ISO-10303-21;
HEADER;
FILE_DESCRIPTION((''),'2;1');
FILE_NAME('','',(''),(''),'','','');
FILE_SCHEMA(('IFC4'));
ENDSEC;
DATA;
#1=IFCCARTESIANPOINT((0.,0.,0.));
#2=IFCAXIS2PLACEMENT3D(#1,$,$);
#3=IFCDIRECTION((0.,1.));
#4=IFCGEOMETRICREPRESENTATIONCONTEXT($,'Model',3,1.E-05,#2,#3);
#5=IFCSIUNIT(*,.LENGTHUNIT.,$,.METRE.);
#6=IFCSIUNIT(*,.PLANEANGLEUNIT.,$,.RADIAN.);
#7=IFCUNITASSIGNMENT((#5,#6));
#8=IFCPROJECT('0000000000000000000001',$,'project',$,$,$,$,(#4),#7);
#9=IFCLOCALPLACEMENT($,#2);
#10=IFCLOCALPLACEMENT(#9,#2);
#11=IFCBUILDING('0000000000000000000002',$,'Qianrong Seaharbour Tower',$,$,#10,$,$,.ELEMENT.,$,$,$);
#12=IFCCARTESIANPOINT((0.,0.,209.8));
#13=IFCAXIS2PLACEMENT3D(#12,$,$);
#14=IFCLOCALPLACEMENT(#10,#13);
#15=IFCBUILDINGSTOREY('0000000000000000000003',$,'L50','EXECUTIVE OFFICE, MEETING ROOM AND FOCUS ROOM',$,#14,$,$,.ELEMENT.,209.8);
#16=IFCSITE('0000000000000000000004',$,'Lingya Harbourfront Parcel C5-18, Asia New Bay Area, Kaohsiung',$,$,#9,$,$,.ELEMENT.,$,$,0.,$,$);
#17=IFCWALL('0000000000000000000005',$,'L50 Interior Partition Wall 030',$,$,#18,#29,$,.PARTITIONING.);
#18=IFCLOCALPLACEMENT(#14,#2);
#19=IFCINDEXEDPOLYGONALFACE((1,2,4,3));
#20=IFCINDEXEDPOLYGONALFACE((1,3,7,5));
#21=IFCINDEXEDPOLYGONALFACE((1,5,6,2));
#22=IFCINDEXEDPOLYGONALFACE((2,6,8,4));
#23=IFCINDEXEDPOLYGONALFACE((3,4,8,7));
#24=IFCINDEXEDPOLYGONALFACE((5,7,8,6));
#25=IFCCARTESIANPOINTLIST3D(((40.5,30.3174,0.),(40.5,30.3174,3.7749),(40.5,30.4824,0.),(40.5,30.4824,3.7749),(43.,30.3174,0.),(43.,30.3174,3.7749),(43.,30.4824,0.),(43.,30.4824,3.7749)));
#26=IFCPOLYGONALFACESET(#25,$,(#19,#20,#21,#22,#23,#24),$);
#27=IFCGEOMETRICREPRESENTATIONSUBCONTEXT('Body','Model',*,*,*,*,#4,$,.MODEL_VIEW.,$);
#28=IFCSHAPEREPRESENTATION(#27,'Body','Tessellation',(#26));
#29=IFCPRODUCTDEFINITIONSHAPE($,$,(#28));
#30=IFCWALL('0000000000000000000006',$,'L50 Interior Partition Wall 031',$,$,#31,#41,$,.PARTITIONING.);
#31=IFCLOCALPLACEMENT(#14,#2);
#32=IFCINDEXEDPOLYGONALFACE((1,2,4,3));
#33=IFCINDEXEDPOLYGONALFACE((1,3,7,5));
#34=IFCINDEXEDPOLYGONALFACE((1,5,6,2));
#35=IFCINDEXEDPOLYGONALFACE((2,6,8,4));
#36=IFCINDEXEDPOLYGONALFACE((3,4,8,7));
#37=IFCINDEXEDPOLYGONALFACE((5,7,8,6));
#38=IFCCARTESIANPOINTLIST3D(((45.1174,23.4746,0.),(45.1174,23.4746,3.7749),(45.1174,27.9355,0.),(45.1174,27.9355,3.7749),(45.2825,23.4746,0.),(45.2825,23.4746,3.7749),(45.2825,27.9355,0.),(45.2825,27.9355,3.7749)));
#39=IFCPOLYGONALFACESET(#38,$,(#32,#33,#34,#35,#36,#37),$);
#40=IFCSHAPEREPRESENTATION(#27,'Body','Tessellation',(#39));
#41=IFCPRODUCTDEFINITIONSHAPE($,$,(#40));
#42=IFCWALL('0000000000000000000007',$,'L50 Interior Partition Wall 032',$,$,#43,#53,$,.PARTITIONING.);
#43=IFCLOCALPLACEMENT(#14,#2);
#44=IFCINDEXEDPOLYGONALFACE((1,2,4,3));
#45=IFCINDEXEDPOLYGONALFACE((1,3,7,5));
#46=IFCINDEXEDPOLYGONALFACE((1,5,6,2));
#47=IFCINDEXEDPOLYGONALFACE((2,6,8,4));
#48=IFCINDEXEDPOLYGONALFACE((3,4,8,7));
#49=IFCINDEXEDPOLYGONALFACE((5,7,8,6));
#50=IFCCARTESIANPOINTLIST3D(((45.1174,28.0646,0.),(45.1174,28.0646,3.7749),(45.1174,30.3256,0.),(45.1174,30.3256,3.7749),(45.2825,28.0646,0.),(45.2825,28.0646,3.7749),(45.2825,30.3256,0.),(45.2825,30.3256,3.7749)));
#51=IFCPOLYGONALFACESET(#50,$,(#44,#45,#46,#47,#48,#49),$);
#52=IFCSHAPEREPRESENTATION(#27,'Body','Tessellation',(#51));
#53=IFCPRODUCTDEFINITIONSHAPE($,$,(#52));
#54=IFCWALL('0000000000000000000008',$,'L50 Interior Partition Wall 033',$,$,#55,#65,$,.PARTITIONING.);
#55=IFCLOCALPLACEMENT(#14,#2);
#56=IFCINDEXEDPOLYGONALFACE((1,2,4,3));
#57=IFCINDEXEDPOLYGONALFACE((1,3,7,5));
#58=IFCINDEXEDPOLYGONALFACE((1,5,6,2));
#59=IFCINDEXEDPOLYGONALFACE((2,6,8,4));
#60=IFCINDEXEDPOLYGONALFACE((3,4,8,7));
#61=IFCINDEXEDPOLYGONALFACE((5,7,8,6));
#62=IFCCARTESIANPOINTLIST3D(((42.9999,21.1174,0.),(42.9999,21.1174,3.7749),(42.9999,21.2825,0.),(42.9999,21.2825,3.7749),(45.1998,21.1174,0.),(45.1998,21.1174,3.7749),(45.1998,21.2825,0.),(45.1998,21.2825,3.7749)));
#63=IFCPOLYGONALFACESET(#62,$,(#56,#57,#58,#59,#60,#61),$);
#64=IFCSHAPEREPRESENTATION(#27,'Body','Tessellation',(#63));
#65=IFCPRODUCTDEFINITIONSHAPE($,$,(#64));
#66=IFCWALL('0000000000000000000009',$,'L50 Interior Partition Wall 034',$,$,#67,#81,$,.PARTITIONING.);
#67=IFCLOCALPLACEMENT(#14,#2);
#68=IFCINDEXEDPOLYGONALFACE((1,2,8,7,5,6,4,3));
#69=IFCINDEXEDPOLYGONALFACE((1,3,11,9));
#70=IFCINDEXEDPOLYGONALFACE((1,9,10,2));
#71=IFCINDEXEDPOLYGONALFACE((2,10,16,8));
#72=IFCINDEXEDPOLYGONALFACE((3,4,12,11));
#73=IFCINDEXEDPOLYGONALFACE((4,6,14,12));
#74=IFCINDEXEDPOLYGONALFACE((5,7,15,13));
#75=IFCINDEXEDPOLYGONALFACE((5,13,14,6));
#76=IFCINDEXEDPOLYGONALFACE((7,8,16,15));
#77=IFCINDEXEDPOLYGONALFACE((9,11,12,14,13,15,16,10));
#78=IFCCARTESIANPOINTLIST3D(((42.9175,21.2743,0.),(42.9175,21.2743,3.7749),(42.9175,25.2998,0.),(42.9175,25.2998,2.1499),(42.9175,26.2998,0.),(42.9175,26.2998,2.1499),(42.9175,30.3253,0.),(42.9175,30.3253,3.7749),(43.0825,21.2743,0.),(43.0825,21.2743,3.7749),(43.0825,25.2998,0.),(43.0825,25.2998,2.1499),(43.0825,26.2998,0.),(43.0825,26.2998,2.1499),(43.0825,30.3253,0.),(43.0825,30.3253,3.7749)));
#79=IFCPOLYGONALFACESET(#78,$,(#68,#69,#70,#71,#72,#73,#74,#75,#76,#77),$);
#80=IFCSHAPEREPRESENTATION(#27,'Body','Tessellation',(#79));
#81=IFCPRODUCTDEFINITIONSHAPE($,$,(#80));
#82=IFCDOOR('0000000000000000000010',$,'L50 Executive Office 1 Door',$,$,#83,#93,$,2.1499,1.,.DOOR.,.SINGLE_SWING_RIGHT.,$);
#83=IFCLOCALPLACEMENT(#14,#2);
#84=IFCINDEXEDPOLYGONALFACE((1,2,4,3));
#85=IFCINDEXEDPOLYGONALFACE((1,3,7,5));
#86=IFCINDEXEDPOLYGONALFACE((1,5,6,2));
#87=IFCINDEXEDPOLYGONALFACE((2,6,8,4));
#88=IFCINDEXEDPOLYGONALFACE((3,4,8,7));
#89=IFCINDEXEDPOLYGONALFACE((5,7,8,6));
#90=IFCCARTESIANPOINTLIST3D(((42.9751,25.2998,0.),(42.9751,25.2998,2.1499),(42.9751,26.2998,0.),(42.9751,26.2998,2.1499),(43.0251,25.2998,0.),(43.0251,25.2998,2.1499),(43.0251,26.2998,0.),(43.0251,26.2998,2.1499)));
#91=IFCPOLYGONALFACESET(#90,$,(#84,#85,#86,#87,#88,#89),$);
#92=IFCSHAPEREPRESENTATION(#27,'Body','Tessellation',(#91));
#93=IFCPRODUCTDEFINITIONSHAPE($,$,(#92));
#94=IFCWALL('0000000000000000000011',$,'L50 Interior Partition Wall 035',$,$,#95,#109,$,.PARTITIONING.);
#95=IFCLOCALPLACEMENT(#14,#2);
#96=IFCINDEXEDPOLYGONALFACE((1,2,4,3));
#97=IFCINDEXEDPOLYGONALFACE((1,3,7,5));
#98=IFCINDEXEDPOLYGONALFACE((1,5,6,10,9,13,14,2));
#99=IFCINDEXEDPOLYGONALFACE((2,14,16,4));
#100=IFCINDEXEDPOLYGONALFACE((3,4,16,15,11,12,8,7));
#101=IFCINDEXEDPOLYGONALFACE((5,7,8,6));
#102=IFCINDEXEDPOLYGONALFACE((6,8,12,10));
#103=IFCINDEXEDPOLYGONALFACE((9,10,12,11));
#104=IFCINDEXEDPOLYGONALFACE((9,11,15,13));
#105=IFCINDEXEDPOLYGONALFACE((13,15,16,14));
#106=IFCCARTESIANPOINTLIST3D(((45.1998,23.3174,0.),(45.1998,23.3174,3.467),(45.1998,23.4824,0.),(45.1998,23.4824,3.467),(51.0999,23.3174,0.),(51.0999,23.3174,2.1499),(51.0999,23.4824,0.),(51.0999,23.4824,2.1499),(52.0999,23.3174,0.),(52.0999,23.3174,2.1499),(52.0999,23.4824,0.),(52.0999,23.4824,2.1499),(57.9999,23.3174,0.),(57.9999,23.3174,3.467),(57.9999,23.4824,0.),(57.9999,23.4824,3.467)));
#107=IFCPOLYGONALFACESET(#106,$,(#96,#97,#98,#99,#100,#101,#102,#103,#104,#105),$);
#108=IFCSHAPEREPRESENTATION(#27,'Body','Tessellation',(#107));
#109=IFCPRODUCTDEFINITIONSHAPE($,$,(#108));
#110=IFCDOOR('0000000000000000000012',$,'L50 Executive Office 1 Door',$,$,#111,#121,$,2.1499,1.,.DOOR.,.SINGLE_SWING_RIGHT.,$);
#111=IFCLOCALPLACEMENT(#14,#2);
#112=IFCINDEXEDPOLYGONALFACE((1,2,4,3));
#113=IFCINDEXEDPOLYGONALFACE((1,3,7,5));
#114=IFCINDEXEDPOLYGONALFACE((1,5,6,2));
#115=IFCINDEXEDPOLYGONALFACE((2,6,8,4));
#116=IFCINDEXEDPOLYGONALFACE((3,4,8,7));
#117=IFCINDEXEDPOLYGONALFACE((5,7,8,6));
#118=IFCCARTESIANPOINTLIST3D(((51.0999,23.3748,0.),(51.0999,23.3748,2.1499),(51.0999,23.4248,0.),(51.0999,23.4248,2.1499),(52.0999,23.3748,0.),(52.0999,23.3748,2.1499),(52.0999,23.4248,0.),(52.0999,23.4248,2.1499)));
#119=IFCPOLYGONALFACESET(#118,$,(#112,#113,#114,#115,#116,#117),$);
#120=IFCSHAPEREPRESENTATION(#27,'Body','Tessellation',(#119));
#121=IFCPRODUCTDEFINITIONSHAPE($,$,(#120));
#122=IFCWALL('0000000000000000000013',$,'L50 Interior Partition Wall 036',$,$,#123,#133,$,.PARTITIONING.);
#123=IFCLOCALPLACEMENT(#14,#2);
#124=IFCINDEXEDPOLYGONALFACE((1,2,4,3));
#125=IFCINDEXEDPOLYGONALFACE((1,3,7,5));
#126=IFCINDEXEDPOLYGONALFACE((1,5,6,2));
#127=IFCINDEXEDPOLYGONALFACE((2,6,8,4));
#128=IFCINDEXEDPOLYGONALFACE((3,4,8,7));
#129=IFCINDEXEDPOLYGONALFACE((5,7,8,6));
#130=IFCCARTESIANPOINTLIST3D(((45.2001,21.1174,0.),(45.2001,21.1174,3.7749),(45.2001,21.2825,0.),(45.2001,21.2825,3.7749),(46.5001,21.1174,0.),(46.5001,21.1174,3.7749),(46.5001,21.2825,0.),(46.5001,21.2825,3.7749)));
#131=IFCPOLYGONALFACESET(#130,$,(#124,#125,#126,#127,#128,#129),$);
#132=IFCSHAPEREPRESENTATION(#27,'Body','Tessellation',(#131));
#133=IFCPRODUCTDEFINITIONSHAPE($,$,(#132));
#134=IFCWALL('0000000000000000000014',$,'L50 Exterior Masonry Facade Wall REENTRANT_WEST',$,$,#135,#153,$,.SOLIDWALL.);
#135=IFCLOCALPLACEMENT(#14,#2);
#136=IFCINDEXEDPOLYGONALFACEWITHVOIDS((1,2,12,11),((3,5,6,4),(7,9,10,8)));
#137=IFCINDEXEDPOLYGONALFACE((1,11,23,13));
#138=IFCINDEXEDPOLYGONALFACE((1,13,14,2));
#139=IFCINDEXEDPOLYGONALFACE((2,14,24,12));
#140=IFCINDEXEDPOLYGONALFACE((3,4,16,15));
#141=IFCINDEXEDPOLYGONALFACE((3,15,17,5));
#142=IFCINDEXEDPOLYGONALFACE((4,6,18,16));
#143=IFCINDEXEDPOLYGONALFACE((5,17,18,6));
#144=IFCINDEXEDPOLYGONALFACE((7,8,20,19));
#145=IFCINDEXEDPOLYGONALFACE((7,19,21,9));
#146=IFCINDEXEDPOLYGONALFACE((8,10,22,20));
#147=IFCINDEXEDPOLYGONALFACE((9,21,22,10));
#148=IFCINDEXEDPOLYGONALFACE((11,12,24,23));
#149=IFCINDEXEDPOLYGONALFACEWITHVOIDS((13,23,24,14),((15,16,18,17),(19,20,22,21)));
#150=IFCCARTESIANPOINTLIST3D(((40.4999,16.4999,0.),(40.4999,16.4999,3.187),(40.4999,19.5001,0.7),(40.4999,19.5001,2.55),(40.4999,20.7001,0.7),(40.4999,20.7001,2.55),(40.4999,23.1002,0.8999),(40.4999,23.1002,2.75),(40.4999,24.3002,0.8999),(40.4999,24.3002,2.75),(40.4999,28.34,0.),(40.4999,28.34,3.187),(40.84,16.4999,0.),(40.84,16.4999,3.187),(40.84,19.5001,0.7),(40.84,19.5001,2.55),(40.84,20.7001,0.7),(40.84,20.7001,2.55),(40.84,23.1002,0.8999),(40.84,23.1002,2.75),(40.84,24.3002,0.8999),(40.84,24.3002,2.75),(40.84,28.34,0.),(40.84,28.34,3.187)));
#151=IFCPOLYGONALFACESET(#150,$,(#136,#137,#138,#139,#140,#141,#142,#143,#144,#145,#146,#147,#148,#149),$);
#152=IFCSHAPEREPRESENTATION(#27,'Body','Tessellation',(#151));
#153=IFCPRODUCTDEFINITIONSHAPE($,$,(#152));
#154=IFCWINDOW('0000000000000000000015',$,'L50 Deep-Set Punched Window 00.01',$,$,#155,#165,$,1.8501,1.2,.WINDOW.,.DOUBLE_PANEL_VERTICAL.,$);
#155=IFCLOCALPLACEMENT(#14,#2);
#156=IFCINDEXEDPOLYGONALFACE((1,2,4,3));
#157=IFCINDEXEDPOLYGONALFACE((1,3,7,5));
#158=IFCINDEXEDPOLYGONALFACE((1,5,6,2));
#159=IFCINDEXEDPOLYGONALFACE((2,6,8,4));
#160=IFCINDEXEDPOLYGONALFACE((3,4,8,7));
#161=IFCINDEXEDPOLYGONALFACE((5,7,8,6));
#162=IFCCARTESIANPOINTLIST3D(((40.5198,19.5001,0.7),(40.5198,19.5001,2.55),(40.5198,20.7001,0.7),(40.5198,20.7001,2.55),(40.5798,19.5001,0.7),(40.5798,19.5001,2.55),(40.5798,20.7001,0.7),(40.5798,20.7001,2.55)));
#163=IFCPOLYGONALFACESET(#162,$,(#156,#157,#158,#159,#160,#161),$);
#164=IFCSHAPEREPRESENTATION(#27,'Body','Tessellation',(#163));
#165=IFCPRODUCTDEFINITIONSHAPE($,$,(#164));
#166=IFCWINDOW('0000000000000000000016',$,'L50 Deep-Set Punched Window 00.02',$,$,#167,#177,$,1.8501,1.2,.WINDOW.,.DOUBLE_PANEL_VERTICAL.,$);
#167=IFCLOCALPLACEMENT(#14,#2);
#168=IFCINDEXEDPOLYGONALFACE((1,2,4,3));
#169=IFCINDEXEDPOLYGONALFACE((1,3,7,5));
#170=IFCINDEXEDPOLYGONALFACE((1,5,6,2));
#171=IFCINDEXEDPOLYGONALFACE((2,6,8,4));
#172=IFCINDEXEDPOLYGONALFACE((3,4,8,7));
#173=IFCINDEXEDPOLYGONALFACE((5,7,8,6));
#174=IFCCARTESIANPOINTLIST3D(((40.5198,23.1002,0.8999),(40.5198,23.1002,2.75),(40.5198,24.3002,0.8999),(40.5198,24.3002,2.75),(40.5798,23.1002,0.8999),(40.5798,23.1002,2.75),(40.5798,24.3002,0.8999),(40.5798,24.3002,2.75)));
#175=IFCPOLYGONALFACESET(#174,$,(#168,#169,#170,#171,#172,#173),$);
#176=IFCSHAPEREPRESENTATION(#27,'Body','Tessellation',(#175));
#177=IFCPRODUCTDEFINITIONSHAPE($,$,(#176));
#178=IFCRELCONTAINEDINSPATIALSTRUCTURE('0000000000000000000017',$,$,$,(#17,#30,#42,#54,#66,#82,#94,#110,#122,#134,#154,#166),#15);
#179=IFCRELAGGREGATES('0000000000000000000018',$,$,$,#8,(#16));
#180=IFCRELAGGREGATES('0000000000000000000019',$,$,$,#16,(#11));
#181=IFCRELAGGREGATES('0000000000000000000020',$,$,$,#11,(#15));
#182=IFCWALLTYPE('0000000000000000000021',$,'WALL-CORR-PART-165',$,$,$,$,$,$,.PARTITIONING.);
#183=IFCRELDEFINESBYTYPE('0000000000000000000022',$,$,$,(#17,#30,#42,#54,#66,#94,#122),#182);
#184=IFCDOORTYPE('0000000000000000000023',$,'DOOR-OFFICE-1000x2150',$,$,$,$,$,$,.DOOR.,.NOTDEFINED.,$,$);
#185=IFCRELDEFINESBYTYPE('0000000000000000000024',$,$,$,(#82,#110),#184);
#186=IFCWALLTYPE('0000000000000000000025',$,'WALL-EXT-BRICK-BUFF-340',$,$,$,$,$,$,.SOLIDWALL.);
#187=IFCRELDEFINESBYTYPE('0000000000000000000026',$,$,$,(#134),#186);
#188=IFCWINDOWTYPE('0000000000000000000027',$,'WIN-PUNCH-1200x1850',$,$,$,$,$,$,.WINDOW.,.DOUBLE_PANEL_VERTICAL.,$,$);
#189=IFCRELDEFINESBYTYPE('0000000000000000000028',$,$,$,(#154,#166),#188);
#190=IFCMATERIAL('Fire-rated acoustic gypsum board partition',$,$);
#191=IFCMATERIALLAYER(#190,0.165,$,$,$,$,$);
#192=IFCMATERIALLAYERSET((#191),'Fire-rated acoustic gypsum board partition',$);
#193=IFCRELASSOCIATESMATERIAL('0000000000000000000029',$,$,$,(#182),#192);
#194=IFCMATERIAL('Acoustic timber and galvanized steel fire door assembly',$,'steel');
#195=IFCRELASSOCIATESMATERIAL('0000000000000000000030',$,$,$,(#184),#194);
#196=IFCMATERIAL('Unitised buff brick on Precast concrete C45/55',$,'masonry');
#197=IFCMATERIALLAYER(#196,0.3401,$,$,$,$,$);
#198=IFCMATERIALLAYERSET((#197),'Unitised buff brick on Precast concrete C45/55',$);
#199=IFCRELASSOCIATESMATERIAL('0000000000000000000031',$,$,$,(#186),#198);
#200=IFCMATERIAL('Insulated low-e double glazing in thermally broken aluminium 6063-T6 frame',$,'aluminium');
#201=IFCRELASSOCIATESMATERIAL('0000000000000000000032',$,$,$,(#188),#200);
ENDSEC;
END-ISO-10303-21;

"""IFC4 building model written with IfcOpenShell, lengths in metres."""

from ifc_helpers import new_model, si_unit, direction, frame, frame_2d, origin, place, context, subcontext, project, spatial, rectangle, extrude, material, layer, layer_set, type_object, element, fill, save


model = new_model("IFC4")

# Units and contexts
model_context = context("Model", 3, precision=1e-05, world=origin(), true_north=direction((0.0, 1.0)))
body_context = subcontext(model_context, "Body", "Model", "MODEL_VIEW")
ifc_project = project(units=[si_unit("LENGTHUNIT", "METRE"), si_unit("PLANEANGLEUNIT", "RADIAN")], contexts=[model_context])

# Site, building, storey
site_placement = place(None, origin())
site = spatial("IfcSite", under=ifc_project, at=site_placement, Name="Lingya Harbourfront Parcel C5-18, Asia New Bay Area, Kaohsiung", CompositionType="ELEMENT", RefElevation=0.0)
building_placement = place(site_placement, origin())
building = spatial("IfcBuilding", under=site, at=building_placement, Name="Qianrong Seaharbour Tower", CompositionType="ELEMENT")
storey_placement = place(building_placement, frame((0.0, 0.0, 209.8)))
storey = spatial("IfcBuildingStorey", under=building, at=storey_placement, Name="L50", Description="EXECUTIVE OFFICE, MEETING ROOM AND FOCUS ROOM", CompositionType="ELEMENT", Elevation=209.8)

# Walls
ifc_material_1 = material(Name="Fire-rated acoustic gypsum board partition")
ifc_layer_1 = layer(ifc_material_1, 0.165)
ifc_layer_set_1 = layer_set([ifc_layer_1], Name="Fire-rated acoustic gypsum board partition")
wall_type_1 = type_object("IfcWallType", Name="WALL-CORR-PART-165", PredefinedType="PARTITIONING", material=ifc_layer_set_1)
wall_1_placement = place(storey_placement, frame((43.0, 30.3999, 0.0), z_axis=(0.0, 0.0, 1.0), x_axis=(-1.0, 0.0, 0.0)))
element("IfcWall", 1, at=wall_1_placement, inside=storey, type_object=wall_type_1, Name="L50 Interior Partition Wall 030", PredefinedType="PARTITIONING", context=body_context, shape_type="SweptSolid", body=[
    extrude(rectangle(XDim=2.5, YDim=0.165, at=frame_2d((1.25, 0.0))), origin(), (0.0, 0.0, 1.0), 3.7749),
])
wall_2_placement = place(storey_placement, frame((45.2, 27.9355, 0.0), z_axis=(0.0, 0.0, 1.0), x_axis=(0.0, -1.0, 0.0)))
element("IfcWall", 2, at=wall_2_placement, inside=storey, type_object=wall_type_1, Name="L50 Interior Partition Wall 031", PredefinedType="PARTITIONING", context=body_context, shape_type="SweptSolid", body=[
    extrude(rectangle(XDim=4.4609, YDim=0.165, at=frame_2d((2.2305, 0.0))), origin(), (0.0, 0.0, 1.0), 3.7749),
])
wall_3_placement = place(storey_placement, frame((45.2, 30.3254, 0.0), z_axis=(0.0, 0.0, 1.0), x_axis=(0.0, -1.0, 0.0)))
element("IfcWall", 3, at=wall_3_placement, inside=storey, type_object=wall_type_1, Name="L50 Interior Partition Wall 032", PredefinedType="PARTITIONING", context=body_context, shape_type="SweptSolid", body=[
    extrude(rectangle(XDim=2.261, YDim=0.165, at=frame_2d((1.1304, 0.0))), origin(), (0.0, 0.0, 1.0), 3.7749),
])
wall_4_placement = place(storey_placement, frame((45.2, 21.2, 0.0), z_axis=(0.0, 0.0, 1.0), x_axis=(-1.0, 0.0, 0.0)))
element("IfcWall", 4, at=wall_4_placement, inside=storey, type_object=wall_type_1, Name="L50 Interior Partition Wall 033", PredefinedType="PARTITIONING", context=body_context, shape_type="SweptSolid", body=[
    extrude(rectangle(XDim=2.2, YDim=0.165, at=frame_2d((1.1001, 0.0))), origin(), (0.0, 0.0, 1.0), 3.7749),
])

# Walls, openings, doors
wall_5_placement = place(storey_placement, frame((43.0, 21.2744, 0.0), z_axis=(0.0, 0.0, 1.0), x_axis=(0.0, 1.0, 0.0)))
wall_5 = element("IfcWall", 5, at=wall_5_placement, inside=storey, type_object=wall_type_1, Name="L50 Interior Partition Wall 034", PredefinedType="PARTITIONING", context=body_context, shape_type="SweptSolid", body=[
    extrude(rectangle(XDim=9.051, YDim=0.165, at=frame_2d((4.5254, 0.0))), origin(), (0.0, 0.0, 1.0), 3.7749),
])
opening_1_placement = place(wall_5_placement, frame((4.0254, 0.0, 0.0)))
opening_1 = element("IfcOpeningElement", 6, at=opening_1_placement, cuts=wall_5, PredefinedType="OPENING", context=body_context, shape_type="SweptSolid", body=[
    extrude(rectangle(XDim=1.0, YDim=2.1499, at=frame_2d((0.5, 1.075))), frame((0.0, 0.0925, 0.0), z_axis=(0.0, -1.0, 0.0), x_axis=(1.0, 0.0, 0.0)), (0.0, 0.0, 1.0), 0.1851),
])
ifc_material_2 = material(Name="Acoustic timber and galvanized steel fire door assembly", Category="steel")
door_type_1 = type_object("IfcDoorType", Name="DOOR-OFFICE-1000x2150", OperationType="NOTDEFINED", PredefinedType="DOOR", material=ifc_material_2)
door_1_placement = place(opening_1_placement, origin())
door_1 = element("IfcDoor", 7, at=door_1_placement, inside=storey, type_object=door_type_1, Name="L50 Executive Office 1 Door", OperationType="SINGLE_SWING_RIGHT", OverallHeight=2.1499, OverallWidth=1.0, PredefinedType="DOOR", context=body_context, shape_type="SweptSolid", body=[
    extrude(rectangle(XDim=1.0, YDim=2.1499, at=frame_2d((0.5, 1.075))), frame((0.0, 0.0249, 0.0), z_axis=(0.0, -1.0, 0.0), x_axis=(1.0, 0.0, 0.0)), (0.0, 0.0, 1.0), 0.05),
])
fill(opening_1, door_1)
wall_6_placement = place(storey_placement, frame((45.2, 23.3999, 0.0), z_axis=(0.0, 0.0, 1.0), x_axis=(1.0, 0.0, 0.0)))
wall_6 = element("IfcWall", 8, at=wall_6_placement, inside=storey, type_object=wall_type_1, Name="L50 Interior Partition Wall 035", PredefinedType="PARTITIONING", context=body_context, shape_type="SweptSolid", body=[
    extrude(rectangle(XDim=12.8, YDim=0.165, at=frame_2d((6.3999, 0.0))), origin(), (0.0, 0.0, 1.0), 3.467),
])
opening_2_placement = place(wall_6_placement, frame((5.8999, 0.0, 0.0)))
opening_2 = element("IfcOpeningElement", 9, at=opening_2_placement, cuts=wall_6, PredefinedType="OPENING", context=body_context, shape_type="SweptSolid", body=[
    extrude(rectangle(XDim=1.0, YDim=2.1499, at=frame_2d((0.5, 1.075))), frame((0.0, 0.0925, 0.0), z_axis=(0.0, -1.0, 0.0), x_axis=(1.0, 0.0, 0.0)), (0.0, 0.0, 1.0), 0.1851),
])
door_2_placement = place(opening_2_placement, origin())
door_2 = element("IfcDoor", 10, at=door_2_placement, inside=storey, type_object=door_type_1, Name="L50 Executive Office 1 Door", OperationType="SINGLE_SWING_RIGHT", OverallHeight=2.1499, OverallWidth=1.0, PredefinedType="DOOR", context=body_context, shape_type="SweptSolid", body=[
    extrude(rectangle(XDim=1.0, YDim=2.1499, at=frame_2d((0.5, 1.075))), frame((0.0, 0.0249, 0.0), z_axis=(0.0, -1.0, 0.0), x_axis=(1.0, 0.0, 0.0)), (0.0, 0.0, 1.0), 0.05),
])
fill(opening_2, door_2)

# Wall
wall_7_placement = place(storey_placement, frame((46.5, 21.2, 0.0), z_axis=(0.0, 0.0, 1.0), x_axis=(-1.0, 0.0, 0.0)))
element("IfcWall", 11, at=wall_7_placement, inside=storey, type_object=wall_type_1, Name="L50 Interior Partition Wall 036", PredefinedType="PARTITIONING", context=body_context, shape_type="SweptSolid", body=[
    extrude(rectangle(XDim=1.3, YDim=0.165, at=frame_2d((0.6499, 0.0))), origin(), (0.0, 0.0, 1.0), 3.7749),
])

# Wall, openings, windows
ifc_material_3 = material(Name="Unitised buff brick on Precast concrete C45/55", Category="masonry")
ifc_layer_2 = layer(ifc_material_3, 0.3401)
ifc_layer_set_2 = layer_set([ifc_layer_2], Name="Unitised buff brick on Precast concrete C45/55")
wall_type_2 = type_object("IfcWallType", Name="WALL-EXT-BRICK-BUFF-340", PredefinedType="SOLIDWALL", material=ifc_layer_set_2)
wall_8_placement = place(storey_placement, frame((40.6699, 16.5, 0.0), z_axis=(0.0, 0.0, 1.0), x_axis=(0.0, 1.0, 0.0)))
wall_8 = element("IfcWall", 12, at=wall_8_placement, inside=storey, type_object=wall_type_2, Name="L50 Exterior Masonry Facade Wall REENTRANT_WEST", PredefinedType="SOLIDWALL", context=body_context, shape_type="SweptSolid", body=[
    extrude(rectangle(XDim=11.8401, YDim=0.3401, at=frame_2d((5.9199, 0.0))), origin(), (0.0, 0.0, 1.0), 3.187),
])
opening_3_placement = place(wall_8_placement, frame((3.0, 0.0, 0.7)))
opening_3 = element("IfcOpeningElement", 13, at=opening_3_placement, cuts=wall_8, PredefinedType="OPENING", context=body_context, shape_type="SweptSolid", body=[
    extrude(rectangle(XDim=1.2, YDim=1.8501, at=frame_2d((0.6001, 0.925))), frame((0.0, 0.1802, 0.0), z_axis=(0.0, -1.0, 0.0), x_axis=(1.0, 0.0, 0.0)), (0.0, 0.0, 1.0), 0.3601),
])
opening_4_placement = place(wall_8_placement, frame((6.6001, 0.0, 0.8999)))
opening_4 = element("IfcOpeningElement", 14, at=opening_4_placement, cuts=wall_8, PredefinedType="OPENING", context=body_context, shape_type="SweptSolid", body=[
    extrude(rectangle(XDim=1.2, YDim=1.8501, at=frame_2d((0.6001, 0.925))), frame((0.0, 0.1802, 0.0), z_axis=(0.0, -1.0, 0.0), x_axis=(1.0, 0.0, 0.0)), (0.0, 0.0, 1.0), 0.3601),
])
ifc_material_4 = material(Name="Insulated low-e double glazing in thermally broken aluminium 6063-T6 frame", Category="aluminium")
window_type_1 = type_object("IfcWindowType", Name="WIN-PUNCH-1200x1850", PartitioningType="DOUBLE_PANEL_VERTICAL", PredefinedType="WINDOW", material=ifc_material_4)
window_1_placement = place(opening_3_placement, origin())
window_1 = element("IfcWindow", 15, at=window_1_placement, inside=storey, type_object=window_type_1, Name="L50 Deep-Set Punched Window 00.01", OverallHeight=1.8501, OverallWidth=1.2, PartitioningType="DOUBLE_PANEL_VERTICAL", PredefinedType="WINDOW", context=body_context, shape_type="SweptSolid", body=[
    extrude(rectangle(XDim=1.2, YDim=1.8501, at=frame_2d((0.6001, 0.925))), frame((0.0, 0.1501, 0.0), z_axis=(0.0, -1.0, 0.0), x_axis=(1.0, 0.0, 0.0)), (0.0, 0.0, 1.0), 0.0601),
])
fill(opening_3, window_1)
window_2_placement = place(opening_4_placement, origin())
window_2 = element("IfcWindow", 16, at=window_2_placement, inside=storey, type_object=window_type_1, Name="L50 Deep-Set Punched Window 00.02", OverallHeight=1.8501, OverallWidth=1.2, PartitioningType="DOUBLE_PANEL_VERTICAL", PredefinedType="WINDOW", context=body_context, shape_type="SweptSolid", body=[
    extrude(rectangle(XDim=1.2, YDim=1.8501, at=frame_2d((0.6001, 0.925))), frame((0.0, 0.1501, 0.0), z_axis=(0.0, -1.0, 0.0), x_axis=(1.0, 0.0, 0.0)), (0.0, 0.0, 1.0), 0.0601),
])
fill(opening_4, window_2)

save(model, "model.ifc")
